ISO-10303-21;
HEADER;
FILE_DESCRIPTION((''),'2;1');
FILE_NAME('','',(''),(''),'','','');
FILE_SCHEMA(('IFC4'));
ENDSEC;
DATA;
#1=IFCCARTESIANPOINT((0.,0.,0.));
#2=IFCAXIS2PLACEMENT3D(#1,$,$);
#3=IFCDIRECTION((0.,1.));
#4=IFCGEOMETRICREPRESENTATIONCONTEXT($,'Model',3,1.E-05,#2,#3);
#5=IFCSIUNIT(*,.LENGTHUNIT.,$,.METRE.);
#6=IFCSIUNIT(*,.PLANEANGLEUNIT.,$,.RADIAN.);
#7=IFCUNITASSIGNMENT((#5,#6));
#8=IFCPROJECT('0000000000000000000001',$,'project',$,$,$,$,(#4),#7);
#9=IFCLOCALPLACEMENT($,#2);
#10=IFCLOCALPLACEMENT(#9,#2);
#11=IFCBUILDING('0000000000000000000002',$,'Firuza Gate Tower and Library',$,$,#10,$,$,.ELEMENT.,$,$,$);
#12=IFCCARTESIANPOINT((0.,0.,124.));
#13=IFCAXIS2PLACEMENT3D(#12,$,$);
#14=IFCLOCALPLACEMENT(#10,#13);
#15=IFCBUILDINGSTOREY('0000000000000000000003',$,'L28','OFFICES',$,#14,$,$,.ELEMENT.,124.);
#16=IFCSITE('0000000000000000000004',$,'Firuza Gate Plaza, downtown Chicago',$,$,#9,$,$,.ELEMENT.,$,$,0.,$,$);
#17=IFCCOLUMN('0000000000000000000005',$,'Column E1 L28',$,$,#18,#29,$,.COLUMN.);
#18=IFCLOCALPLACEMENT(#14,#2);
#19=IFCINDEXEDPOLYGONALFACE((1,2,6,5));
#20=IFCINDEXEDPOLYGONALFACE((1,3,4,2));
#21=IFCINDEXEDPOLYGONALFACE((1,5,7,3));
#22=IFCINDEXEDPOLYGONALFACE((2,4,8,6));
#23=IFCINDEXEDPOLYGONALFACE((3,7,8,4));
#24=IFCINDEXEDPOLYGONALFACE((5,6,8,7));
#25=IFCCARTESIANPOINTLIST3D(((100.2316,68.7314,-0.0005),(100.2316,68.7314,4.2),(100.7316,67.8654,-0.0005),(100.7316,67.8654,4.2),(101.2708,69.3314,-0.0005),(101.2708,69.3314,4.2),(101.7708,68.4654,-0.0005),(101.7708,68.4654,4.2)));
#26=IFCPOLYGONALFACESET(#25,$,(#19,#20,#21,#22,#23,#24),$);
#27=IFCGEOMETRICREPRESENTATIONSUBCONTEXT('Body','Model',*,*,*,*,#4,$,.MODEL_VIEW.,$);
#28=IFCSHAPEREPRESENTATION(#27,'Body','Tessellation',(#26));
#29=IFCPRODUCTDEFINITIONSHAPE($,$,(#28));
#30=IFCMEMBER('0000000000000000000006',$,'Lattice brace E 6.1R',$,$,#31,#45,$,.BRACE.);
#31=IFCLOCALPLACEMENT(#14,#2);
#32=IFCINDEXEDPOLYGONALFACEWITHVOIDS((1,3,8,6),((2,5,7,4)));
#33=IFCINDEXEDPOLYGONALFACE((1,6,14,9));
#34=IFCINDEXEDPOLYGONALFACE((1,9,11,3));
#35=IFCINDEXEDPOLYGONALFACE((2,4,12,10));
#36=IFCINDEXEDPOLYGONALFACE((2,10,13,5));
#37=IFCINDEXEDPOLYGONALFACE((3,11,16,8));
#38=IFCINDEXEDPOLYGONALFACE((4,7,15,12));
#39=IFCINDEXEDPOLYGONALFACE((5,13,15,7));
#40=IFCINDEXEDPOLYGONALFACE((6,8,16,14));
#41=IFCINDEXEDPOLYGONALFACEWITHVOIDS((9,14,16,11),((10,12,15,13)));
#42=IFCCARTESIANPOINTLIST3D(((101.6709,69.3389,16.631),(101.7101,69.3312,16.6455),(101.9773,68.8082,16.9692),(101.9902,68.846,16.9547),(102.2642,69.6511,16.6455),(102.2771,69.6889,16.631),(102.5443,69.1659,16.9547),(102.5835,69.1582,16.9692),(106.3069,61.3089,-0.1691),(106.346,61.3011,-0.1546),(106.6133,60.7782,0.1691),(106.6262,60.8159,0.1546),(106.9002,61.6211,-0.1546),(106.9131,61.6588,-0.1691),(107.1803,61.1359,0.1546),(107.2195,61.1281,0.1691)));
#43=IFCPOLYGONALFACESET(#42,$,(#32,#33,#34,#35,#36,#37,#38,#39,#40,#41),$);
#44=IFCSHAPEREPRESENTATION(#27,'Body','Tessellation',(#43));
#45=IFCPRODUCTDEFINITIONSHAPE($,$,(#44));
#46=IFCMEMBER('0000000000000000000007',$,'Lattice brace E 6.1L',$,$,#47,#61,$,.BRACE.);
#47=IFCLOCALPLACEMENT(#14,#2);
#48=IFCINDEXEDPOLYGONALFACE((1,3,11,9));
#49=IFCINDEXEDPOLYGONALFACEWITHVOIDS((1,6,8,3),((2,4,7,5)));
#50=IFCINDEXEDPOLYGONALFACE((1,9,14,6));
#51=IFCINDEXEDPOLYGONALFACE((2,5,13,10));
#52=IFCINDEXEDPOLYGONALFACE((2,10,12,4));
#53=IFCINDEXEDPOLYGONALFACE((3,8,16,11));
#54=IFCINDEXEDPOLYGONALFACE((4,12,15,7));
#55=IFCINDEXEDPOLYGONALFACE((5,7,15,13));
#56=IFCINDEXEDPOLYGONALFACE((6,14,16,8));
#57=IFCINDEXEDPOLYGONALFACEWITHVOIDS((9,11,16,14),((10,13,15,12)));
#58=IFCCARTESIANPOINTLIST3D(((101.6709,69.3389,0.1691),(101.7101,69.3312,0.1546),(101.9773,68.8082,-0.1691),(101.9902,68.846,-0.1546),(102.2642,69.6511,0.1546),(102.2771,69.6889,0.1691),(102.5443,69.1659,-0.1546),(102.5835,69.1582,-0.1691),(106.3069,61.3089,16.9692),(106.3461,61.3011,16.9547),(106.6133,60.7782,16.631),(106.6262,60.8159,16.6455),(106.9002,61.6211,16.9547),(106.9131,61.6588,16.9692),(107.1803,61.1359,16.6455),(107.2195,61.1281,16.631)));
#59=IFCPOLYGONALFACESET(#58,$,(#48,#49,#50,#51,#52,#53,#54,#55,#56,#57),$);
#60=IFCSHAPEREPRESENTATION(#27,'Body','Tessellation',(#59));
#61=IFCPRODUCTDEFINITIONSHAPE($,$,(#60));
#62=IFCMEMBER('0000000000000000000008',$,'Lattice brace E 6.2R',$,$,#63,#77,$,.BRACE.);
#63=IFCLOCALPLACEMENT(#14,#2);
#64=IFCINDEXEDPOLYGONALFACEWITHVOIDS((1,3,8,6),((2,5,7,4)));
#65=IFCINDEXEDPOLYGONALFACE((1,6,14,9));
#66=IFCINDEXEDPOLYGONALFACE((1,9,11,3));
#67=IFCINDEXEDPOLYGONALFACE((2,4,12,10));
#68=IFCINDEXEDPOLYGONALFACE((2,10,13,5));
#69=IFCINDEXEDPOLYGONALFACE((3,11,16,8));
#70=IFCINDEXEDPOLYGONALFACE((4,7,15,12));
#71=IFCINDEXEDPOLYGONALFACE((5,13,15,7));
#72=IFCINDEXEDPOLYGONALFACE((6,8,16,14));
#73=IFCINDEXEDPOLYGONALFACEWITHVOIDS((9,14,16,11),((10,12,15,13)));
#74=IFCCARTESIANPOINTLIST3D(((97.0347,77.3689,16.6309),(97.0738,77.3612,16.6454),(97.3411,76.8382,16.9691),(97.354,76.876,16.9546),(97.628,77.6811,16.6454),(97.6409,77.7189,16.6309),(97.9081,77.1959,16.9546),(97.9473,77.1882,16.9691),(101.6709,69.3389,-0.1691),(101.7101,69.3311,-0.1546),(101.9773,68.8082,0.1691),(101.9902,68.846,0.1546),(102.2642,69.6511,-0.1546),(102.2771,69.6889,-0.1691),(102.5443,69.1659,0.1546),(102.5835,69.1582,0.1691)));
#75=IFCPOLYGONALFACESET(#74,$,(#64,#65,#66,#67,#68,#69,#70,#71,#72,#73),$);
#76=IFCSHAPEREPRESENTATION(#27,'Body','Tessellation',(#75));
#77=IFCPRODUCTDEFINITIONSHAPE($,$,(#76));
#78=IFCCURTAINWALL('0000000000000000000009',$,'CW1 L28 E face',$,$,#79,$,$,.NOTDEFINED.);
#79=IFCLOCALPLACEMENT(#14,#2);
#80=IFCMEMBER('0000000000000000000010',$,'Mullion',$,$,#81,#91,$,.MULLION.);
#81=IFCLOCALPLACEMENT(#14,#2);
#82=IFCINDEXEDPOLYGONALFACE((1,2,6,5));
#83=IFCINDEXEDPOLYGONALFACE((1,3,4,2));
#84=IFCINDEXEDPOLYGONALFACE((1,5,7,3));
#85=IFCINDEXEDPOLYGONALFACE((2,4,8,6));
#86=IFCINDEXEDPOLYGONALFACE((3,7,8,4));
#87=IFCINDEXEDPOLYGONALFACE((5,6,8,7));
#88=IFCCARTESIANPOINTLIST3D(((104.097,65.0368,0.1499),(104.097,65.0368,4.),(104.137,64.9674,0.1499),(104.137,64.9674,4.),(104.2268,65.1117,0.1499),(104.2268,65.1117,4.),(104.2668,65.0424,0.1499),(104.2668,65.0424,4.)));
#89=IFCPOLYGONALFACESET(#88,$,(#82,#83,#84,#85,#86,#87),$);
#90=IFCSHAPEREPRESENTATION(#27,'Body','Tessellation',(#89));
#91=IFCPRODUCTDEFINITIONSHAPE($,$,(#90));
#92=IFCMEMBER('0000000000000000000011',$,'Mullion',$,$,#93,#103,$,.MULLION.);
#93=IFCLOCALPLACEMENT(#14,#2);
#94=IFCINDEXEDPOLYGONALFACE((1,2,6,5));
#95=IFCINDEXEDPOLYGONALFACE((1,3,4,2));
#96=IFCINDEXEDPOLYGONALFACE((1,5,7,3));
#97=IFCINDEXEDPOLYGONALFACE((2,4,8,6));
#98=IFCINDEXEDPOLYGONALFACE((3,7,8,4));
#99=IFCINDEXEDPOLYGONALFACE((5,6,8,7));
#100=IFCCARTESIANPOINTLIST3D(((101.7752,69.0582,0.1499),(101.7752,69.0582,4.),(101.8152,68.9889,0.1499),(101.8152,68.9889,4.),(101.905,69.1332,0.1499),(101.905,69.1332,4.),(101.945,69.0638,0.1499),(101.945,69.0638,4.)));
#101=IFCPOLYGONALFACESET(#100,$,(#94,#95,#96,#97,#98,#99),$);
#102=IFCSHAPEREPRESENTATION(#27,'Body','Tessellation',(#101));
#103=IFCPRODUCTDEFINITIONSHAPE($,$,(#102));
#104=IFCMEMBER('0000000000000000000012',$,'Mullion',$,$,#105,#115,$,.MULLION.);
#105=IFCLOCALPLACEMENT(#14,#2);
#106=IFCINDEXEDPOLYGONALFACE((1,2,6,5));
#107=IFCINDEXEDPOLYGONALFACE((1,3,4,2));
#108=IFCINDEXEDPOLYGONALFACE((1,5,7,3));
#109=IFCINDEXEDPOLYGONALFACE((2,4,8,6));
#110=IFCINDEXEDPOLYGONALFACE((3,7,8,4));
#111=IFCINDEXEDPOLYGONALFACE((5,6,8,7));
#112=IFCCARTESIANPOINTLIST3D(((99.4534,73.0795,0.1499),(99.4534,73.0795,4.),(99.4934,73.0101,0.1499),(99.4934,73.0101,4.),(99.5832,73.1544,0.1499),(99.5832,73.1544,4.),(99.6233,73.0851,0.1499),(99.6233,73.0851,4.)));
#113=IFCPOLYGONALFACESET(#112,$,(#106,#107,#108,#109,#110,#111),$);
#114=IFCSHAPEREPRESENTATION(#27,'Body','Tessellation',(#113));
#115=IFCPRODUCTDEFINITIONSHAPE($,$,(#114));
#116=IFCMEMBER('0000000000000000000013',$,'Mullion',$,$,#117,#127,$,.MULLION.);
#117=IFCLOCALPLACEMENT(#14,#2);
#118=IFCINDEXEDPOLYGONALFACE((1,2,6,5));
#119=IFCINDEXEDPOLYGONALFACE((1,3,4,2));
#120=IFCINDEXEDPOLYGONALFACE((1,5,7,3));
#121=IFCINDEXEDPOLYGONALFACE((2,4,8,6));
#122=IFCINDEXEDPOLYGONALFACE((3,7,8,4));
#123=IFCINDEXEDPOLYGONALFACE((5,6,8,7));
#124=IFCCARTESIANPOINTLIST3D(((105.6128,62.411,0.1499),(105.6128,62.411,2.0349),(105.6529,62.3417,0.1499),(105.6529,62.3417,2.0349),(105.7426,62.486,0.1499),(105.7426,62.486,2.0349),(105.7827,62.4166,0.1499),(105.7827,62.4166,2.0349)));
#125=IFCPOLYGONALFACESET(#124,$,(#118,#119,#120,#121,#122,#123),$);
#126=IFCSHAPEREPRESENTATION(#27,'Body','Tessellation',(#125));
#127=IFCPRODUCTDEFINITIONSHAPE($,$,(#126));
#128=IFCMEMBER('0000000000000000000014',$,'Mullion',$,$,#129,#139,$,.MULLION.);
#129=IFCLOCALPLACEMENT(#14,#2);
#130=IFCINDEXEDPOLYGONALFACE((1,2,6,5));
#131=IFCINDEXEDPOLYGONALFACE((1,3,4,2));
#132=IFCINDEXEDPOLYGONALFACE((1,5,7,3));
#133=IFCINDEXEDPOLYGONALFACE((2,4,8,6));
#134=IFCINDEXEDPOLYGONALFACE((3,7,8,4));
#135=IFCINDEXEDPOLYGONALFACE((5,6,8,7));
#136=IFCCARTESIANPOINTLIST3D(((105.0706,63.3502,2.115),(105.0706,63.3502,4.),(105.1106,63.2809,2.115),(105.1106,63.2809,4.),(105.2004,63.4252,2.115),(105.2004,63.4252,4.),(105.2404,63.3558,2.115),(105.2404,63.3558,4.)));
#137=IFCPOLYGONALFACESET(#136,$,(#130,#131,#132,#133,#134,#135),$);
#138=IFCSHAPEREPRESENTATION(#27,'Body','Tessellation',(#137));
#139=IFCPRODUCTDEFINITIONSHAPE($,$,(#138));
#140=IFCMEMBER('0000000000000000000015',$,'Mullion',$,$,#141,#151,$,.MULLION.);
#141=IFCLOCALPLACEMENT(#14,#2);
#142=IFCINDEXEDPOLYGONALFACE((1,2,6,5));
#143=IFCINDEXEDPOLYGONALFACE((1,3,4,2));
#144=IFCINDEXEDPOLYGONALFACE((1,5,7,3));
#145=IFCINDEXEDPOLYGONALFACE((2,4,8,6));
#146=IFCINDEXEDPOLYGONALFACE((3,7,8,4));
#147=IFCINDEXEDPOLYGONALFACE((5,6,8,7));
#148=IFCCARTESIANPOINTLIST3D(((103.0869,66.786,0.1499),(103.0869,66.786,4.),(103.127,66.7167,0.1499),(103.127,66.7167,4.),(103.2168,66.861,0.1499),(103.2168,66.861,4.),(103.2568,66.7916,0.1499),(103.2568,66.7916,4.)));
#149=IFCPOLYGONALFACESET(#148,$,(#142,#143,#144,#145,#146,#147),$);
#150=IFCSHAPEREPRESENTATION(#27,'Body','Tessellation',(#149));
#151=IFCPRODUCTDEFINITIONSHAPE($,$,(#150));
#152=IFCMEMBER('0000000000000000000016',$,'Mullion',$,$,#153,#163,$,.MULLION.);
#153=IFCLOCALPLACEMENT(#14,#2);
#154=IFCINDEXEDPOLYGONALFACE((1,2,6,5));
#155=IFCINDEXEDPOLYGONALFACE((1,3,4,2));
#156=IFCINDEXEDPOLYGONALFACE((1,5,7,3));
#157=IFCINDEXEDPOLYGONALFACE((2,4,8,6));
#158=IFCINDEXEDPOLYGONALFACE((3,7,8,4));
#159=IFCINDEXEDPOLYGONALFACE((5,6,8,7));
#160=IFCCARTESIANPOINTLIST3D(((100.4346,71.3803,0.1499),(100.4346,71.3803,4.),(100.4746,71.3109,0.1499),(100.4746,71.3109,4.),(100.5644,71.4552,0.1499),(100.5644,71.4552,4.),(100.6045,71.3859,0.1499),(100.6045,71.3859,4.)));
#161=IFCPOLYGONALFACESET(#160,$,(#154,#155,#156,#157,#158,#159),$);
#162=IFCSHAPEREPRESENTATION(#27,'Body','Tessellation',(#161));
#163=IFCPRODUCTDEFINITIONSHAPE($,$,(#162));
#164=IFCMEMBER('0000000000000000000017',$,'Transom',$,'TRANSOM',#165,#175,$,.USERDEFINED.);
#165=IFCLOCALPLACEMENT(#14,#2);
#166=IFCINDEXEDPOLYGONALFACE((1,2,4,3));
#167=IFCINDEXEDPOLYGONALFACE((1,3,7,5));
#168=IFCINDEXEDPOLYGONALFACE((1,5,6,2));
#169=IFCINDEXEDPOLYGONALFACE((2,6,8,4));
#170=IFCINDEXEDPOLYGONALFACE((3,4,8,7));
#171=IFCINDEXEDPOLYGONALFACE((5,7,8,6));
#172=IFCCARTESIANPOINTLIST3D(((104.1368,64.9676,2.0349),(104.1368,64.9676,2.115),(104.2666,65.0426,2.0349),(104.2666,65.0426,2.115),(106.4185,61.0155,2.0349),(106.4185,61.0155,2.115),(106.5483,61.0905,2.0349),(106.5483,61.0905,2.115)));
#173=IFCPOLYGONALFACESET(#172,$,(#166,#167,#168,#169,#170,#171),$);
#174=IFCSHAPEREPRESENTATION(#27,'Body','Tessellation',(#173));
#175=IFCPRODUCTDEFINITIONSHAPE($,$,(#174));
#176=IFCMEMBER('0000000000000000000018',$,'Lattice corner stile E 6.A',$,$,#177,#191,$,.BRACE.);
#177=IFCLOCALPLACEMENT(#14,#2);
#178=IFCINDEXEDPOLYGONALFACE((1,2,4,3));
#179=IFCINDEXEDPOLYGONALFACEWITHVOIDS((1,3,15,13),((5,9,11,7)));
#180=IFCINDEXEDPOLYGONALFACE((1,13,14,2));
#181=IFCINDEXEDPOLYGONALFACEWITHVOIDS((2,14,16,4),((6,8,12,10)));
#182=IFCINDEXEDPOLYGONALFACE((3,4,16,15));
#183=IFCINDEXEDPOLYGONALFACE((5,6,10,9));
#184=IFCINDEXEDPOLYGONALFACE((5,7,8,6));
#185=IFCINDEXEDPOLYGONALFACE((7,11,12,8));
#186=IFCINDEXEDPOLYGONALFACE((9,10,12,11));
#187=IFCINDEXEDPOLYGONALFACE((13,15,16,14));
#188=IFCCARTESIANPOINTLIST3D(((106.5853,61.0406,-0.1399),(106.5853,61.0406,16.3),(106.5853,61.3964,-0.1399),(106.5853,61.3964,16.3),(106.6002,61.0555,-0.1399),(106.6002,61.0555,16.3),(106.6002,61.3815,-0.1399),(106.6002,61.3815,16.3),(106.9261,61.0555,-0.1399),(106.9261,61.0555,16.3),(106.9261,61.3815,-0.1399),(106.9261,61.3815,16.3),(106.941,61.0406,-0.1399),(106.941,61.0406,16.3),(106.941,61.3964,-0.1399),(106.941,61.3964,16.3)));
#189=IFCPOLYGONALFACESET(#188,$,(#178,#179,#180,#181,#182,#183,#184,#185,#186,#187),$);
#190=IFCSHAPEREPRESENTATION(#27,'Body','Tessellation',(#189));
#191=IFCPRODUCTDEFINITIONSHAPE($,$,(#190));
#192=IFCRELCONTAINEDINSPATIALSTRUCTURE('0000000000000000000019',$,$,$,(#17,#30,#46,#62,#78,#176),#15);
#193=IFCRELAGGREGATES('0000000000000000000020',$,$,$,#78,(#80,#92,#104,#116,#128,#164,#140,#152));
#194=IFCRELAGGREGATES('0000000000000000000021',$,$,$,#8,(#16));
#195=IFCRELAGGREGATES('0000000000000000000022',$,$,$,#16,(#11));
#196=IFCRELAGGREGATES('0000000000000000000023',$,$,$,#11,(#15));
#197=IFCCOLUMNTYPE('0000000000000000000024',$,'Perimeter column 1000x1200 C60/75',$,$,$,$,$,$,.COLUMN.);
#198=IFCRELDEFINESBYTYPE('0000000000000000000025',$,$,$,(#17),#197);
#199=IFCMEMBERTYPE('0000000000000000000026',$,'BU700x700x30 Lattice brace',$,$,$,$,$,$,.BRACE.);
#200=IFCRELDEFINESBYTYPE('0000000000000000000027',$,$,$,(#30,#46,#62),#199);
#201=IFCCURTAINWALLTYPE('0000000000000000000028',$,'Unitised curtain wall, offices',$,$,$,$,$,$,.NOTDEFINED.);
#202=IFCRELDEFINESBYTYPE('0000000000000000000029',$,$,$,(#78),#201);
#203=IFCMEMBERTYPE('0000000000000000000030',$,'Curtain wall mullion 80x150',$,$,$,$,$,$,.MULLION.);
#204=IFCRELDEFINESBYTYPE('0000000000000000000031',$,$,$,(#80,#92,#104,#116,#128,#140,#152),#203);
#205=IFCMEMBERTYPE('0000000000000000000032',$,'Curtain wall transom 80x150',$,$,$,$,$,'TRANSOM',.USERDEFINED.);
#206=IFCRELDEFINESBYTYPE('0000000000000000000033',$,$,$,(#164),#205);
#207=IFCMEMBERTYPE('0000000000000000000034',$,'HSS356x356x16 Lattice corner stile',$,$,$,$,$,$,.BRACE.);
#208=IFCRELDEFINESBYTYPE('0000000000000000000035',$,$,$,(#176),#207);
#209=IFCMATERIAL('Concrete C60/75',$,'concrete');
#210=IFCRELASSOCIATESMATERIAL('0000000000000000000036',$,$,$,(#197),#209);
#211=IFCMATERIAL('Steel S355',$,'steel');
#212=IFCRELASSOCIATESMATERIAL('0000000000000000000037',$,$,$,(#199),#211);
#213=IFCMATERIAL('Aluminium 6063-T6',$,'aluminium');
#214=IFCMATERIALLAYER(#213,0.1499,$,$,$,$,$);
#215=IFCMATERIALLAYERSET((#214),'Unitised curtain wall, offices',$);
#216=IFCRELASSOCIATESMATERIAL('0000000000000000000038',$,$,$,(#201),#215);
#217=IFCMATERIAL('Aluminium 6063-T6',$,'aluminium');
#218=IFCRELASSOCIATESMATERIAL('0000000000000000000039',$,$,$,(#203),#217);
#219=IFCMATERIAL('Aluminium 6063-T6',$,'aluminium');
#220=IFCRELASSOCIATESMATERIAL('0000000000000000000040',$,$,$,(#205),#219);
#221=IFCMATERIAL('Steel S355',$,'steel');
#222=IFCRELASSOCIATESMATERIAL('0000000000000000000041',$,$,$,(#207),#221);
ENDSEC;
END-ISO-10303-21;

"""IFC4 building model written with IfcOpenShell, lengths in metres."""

from ifc_helpers import new_model, si_unit, direction, frame, origin, origin_2d, place, context, subcontext, project, spatial, rectangle, hollow_rectangle, extrude, material, layer, layer_set, material_profile, profile_set, type_object, element, aggregate, save


model = new_model("IFC4")

# Units and contexts
model_context = context("Model", 3, precision=1e-05, world=origin(), true_north=direction((0.0, 1.0)))
body_context = subcontext(model_context, "Body", "Model", "MODEL_VIEW")
ifc_project = project(units=[si_unit("LENGTHUNIT", "METRE"), si_unit("PLANEANGLEUNIT", "RADIAN")], contexts=[model_context])

# Site, building, storey
site_placement = place(None, origin())
site = spatial("IfcSite", under=ifc_project, at=site_placement, Name="Firuza Gate Plaza, downtown Chicago", CompositionType="ELEMENT", RefElevation=0.0)
building_placement = place(site_placement, origin())
building = spatial("IfcBuilding", under=site, at=building_placement, Name="Firuza Gate Tower and Library", CompositionType="ELEMENT")
storey_placement = place(building_placement, frame((0.0, 0.0, 124.0)))
storey = spatial("IfcBuildingStorey", under=building, at=storey_placement, Name="L28", Description="OFFICES", CompositionType="ELEMENT", Elevation=124.0)

# Column
ifc_material_1 = material(Name="Concrete C60/75", Category="concrete")
ifc_material_profile_1 = material_profile(ifc_material_1, rectangle(XDim=1.0, YDim=1.2, at=origin_2d()))
ifc_profile_set_1 = profile_set([ifc_material_profile_1], Name="Concrete C60/75")
column_type = type_object("IfcColumnType", Name="Perimeter column 1000x1200 C60/75", PredefinedType="COLUMN", material=ifc_profile_set_1)
column_placement = place(storey_placement, frame((101.0012, 68.5984, -0.0005), z_axis=(0.0, 0.0, 1.0), x_axis=(-0.5, 0.866025, 0.0)))
element("IfcColumn", 1, at=column_placement, inside=storey, type_object=column_type, Name="Column E1 L28", PredefinedType="COLUMN", context=body_context, shape_type="SweptSolid", body=[
    extrude(rectangle(XDim=1.0, YDim=1.2, at=origin_2d()), origin(), (0.0, 0.0, 1.0), 4.2004),
])

# Members
ifc_material_2 = material(Name="Steel S355", Category="steel")
ifc_material_profile_2 = material_profile(ifc_material_2, hollow_rectangle(XDim=0.7, YDim=0.7, WallThickness=0.03, at=origin_2d()))
ifc_profile_set_2 = profile_set([ifc_material_profile_2], Name="Steel S355")
member_type_1 = type_object("IfcMemberType", Name="BU700x700x30 Lattice brace", PredefinedType="BRACE", material=ifc_profile_set_2)
for number, where, z_axis, x_axis, name in (
    (2, (106.7632, 61.2185, 0.0), (-0.241597, 0.418472, 0.875507), (-0.866033, -0.499988, 0.0), "Lattice brace E 6.1R"),
    (3, (102.1272, 69.2485, 0.0), (0.241597, -0.418472, 0.875507), (0.866033, 0.499988, 0.0), "Lattice brace E 6.1L"),
    (4, (102.1272, 69.2485, 0.0), (-0.241609, 0.41847, 0.875504), (-0.866021, -0.500007, 0.0), "Lattice brace E 6.2R"),
):
    element("IfcMember", number, at=place(storey_placement, frame(where, z_axis=z_axis, x_axis=x_axis)), inside=storey, type_object=member_type_1, Name=name, PredefinedType="BRACE", context=body_context, shape_type="SweptSolid", body=[
        extrude(hollow_rectangle(XDim=0.7, YDim=0.7, WallThickness=0.03, at=origin_2d()), origin(), (0.0, 0.0, 1.0), 19.189),
    ])

# Curtain wall, members
ifc_material_3 = material(Name="Aluminium 6063-T6", Category="aluminium")
ifc_layer_1 = layer(ifc_material_3, 0.1499)
ifc_layer_set_1 = layer_set([ifc_layer_1], Name="Unitised curtain wall, offices")
curtain_wall_type = type_object("IfcCurtainWallType", Name="Unitised curtain wall, offices", PredefinedType="NOTDEFINED", material=ifc_layer_set_1)
curtain_wall_placement = place(storey_placement, origin())
curtain_wall = element("IfcCurtainWall", 5, at=curtain_wall_placement, inside=storey, type_object=curtain_wall_type, Name="CW1 L28 E face", PredefinedType="NOTDEFINED")
ifc_material_4 = material(Name="Aluminium 6063-T6", Category="aluminium")
ifc_material_profile_3 = material_profile(ifc_material_4, rectangle(XDim=0.1499, YDim=0.0801, at=origin_2d()))
ifc_profile_set_3 = profile_set([ifc_material_profile_3], Name="Aluminium 6063-T6")
member_type_2 = type_object("IfcMemberType", Name="Curtain wall mullion 80x150", PredefinedType="MULLION", material=ifc_profile_set_3)
member_1_placement = place(storey_placement, frame((104.1819, 65.0396, 0.1499), z_axis=(0.0, 0.0, 1.0), x_axis=(-0.866025, -0.5, 0.0)))
member_1 = element("IfcMember", 6, at=member_1_placement, type_object=member_type_2, Name="Mullion", PredefinedType="MULLION", context=body_context, shape_type="SweptSolid", body=[
    extrude(rectangle(XDim=0.1499, YDim=0.0801, at=origin_2d()), origin(), (0.0, 0.0, 1.0), 3.8501),
])
member_2_placement = place(storey_placement, frame((101.8601, 69.061, 0.1499), z_axis=(0.0, 0.0, 1.0), x_axis=(-0.866025, -0.5, 0.0)))
member_2 = element("IfcMember", 7, at=member_2_placement, type_object=member_type_2, Name="Mullion", PredefinedType="MULLION", context=body_context, shape_type="SweptSolid", body=[
    extrude(rectangle(XDim=0.1499, YDim=0.0801, at=origin_2d()), origin(), (0.0, 0.0, 1.0), 3.8501),
])
member_3_placement = place(storey_placement, frame((99.5383, 73.0823, 0.1499), z_axis=(0.0, 0.0, 1.0), x_axis=(-0.866025, -0.5, 0.0)))
member_3 = element("IfcMember", 8, at=member_3_placement, type_object=member_type_2, Name="Mullion", PredefinedType="MULLION", context=body_context, shape_type="SweptSolid", body=[
    extrude(rectangle(XDim=0.1499, YDim=0.0801, at=origin_2d()), origin(), (0.0, 0.0, 1.0), 3.8501),
])
member_4_placement = place(storey_placement, frame((105.6978, 62.4138, 0.1499), z_axis=(0.0, 0.0, 1.0), x_axis=(-0.866025, -0.5, 0.0)))
member_4 = element("IfcMember", 9, at=member_4_placement, type_object=member_type_2, Name="Mullion", PredefinedType="MULLION", context=body_context, shape_type="SweptSolid", body=[
    extrude(rectangle(XDim=0.1499, YDim=0.0801, at=origin_2d()), origin(), (0.0, 0.0, 1.0), 1.885),
])
member_5_placement = place(storey_placement, frame((105.1555, 63.353, 2.115), z_axis=(0.0, 0.0, 1.0), x_axis=(-0.866025, -0.5, 0.0)))
member_5 = element("IfcMember", 10, at=member_5_placement, type_object=member_type_2, Name="Mullion", PredefinedType="MULLION", context=body_context, shape_type="SweptSolid", body=[
    extrude(rectangle(XDim=0.1499, YDim=0.0801, at=origin_2d()), origin(), (0.0, 0.0, 1.0), 1.885),
])
member_6_placement = place(storey_placement, frame((103.1719, 66.7888, 0.1499), z_axis=(0.0, 0.0, 1.0), x_axis=(-0.866025, -0.5, 0.0)))
member_6 = element("IfcMember", 11, at=member_6_placement, type_object=member_type_2, Name="Mullion", PredefinedType="MULLION", context=body_context, shape_type="SweptSolid", body=[
    extrude(rectangle(XDim=0.1499, YDim=0.0801, at=origin_2d()), origin(), (0.0, 0.0, 1.0), 3.8501),
])
member_7_placement = place(storey_placement, frame((100.5195, 71.3831, 0.1499), z_axis=(0.0, 0.0, 1.0), x_axis=(-0.866025, -0.5, 0.0)))
member_7 = element("IfcMember", 12, at=member_7_placement, type_object=member_type_2, Name="Mullion", PredefinedType="MULLION", context=body_context, shape_type="SweptSolid", body=[
    extrude(rectangle(XDim=0.1499, YDim=0.0801, at=origin_2d()), origin(), (0.0, 0.0, 1.0), 3.8501),
])
ifc_material_5 = material(Name="Aluminium 6063-T6", Category="aluminium")
ifc_material_profile_4 = material_profile(ifc_material_5, rectangle(XDim=0.1499, YDim=0.0801, at=origin_2d()))
ifc_profile_set_4 = profile_set([ifc_material_profile_4], Name="Aluminium 6063-T6")
member_type_3 = type_object("IfcMemberType", Name="Curtain wall transom 80x150", ElementType="TRANSOM", PredefinedType="USERDEFINED", material=ifc_profile_set_4)
member_8_placement = place(storey_placement, frame((106.4834, 61.053, 2.075), z_axis=(-0.499994, 0.866029, 0.0), x_axis=(-0.866029, -0.499994, 0.0)))
member_8 = element("IfcMember", 13, at=member_8_placement, type_object=member_type_3, Name="Transom", ObjectType="TRANSOM", PredefinedType="USERDEFINED", context=body_context, shape_type="SweptSolid", body=[
    extrude(rectangle(XDim=0.1499, YDim=0.0801, at=origin_2d()), origin(), (0.0, 0.0, 1.0), 4.5635),
])

# Member
ifc_material_6 = material(Name="Steel S355", Category="steel")
ifc_material_profile_5 = material_profile(ifc_material_6, hollow_rectangle(XDim=0.3557, YDim=0.3557, WallThickness=0.0149, at=origin_2d()))
ifc_profile_set_5 = profile_set([ifc_material_profile_5], Name="Steel S355")
member_type_4 = type_object("IfcMemberType", Name="HSS356x356x16 Lattice corner stile", PredefinedType="BRACE", material=ifc_profile_set_5)
member_9_placement = place(storey_placement, frame((106.7632, 61.2185, -0.1399), z_axis=(0.0, 0.0, 1.0), x_axis=(1.0, 0.0, 0.0)))
element("IfcMember", 14, at=member_9_placement, inside=storey, type_object=member_type_4, Name="Lattice corner stile E 6.A", PredefinedType="BRACE", context=body_context, shape_type="SweptSolid", body=[
    extrude(hollow_rectangle(XDim=0.3557, YDim=0.3557, WallThickness=0.0149, at=origin_2d()), origin(), (0.0, 0.0, 1.0), 16.4399),
])

aggregate(curtain_wall, [member_1, member_2, member_3, member_4, member_5, member_8, member_6, member_7])

save(model, "model.ifc")
